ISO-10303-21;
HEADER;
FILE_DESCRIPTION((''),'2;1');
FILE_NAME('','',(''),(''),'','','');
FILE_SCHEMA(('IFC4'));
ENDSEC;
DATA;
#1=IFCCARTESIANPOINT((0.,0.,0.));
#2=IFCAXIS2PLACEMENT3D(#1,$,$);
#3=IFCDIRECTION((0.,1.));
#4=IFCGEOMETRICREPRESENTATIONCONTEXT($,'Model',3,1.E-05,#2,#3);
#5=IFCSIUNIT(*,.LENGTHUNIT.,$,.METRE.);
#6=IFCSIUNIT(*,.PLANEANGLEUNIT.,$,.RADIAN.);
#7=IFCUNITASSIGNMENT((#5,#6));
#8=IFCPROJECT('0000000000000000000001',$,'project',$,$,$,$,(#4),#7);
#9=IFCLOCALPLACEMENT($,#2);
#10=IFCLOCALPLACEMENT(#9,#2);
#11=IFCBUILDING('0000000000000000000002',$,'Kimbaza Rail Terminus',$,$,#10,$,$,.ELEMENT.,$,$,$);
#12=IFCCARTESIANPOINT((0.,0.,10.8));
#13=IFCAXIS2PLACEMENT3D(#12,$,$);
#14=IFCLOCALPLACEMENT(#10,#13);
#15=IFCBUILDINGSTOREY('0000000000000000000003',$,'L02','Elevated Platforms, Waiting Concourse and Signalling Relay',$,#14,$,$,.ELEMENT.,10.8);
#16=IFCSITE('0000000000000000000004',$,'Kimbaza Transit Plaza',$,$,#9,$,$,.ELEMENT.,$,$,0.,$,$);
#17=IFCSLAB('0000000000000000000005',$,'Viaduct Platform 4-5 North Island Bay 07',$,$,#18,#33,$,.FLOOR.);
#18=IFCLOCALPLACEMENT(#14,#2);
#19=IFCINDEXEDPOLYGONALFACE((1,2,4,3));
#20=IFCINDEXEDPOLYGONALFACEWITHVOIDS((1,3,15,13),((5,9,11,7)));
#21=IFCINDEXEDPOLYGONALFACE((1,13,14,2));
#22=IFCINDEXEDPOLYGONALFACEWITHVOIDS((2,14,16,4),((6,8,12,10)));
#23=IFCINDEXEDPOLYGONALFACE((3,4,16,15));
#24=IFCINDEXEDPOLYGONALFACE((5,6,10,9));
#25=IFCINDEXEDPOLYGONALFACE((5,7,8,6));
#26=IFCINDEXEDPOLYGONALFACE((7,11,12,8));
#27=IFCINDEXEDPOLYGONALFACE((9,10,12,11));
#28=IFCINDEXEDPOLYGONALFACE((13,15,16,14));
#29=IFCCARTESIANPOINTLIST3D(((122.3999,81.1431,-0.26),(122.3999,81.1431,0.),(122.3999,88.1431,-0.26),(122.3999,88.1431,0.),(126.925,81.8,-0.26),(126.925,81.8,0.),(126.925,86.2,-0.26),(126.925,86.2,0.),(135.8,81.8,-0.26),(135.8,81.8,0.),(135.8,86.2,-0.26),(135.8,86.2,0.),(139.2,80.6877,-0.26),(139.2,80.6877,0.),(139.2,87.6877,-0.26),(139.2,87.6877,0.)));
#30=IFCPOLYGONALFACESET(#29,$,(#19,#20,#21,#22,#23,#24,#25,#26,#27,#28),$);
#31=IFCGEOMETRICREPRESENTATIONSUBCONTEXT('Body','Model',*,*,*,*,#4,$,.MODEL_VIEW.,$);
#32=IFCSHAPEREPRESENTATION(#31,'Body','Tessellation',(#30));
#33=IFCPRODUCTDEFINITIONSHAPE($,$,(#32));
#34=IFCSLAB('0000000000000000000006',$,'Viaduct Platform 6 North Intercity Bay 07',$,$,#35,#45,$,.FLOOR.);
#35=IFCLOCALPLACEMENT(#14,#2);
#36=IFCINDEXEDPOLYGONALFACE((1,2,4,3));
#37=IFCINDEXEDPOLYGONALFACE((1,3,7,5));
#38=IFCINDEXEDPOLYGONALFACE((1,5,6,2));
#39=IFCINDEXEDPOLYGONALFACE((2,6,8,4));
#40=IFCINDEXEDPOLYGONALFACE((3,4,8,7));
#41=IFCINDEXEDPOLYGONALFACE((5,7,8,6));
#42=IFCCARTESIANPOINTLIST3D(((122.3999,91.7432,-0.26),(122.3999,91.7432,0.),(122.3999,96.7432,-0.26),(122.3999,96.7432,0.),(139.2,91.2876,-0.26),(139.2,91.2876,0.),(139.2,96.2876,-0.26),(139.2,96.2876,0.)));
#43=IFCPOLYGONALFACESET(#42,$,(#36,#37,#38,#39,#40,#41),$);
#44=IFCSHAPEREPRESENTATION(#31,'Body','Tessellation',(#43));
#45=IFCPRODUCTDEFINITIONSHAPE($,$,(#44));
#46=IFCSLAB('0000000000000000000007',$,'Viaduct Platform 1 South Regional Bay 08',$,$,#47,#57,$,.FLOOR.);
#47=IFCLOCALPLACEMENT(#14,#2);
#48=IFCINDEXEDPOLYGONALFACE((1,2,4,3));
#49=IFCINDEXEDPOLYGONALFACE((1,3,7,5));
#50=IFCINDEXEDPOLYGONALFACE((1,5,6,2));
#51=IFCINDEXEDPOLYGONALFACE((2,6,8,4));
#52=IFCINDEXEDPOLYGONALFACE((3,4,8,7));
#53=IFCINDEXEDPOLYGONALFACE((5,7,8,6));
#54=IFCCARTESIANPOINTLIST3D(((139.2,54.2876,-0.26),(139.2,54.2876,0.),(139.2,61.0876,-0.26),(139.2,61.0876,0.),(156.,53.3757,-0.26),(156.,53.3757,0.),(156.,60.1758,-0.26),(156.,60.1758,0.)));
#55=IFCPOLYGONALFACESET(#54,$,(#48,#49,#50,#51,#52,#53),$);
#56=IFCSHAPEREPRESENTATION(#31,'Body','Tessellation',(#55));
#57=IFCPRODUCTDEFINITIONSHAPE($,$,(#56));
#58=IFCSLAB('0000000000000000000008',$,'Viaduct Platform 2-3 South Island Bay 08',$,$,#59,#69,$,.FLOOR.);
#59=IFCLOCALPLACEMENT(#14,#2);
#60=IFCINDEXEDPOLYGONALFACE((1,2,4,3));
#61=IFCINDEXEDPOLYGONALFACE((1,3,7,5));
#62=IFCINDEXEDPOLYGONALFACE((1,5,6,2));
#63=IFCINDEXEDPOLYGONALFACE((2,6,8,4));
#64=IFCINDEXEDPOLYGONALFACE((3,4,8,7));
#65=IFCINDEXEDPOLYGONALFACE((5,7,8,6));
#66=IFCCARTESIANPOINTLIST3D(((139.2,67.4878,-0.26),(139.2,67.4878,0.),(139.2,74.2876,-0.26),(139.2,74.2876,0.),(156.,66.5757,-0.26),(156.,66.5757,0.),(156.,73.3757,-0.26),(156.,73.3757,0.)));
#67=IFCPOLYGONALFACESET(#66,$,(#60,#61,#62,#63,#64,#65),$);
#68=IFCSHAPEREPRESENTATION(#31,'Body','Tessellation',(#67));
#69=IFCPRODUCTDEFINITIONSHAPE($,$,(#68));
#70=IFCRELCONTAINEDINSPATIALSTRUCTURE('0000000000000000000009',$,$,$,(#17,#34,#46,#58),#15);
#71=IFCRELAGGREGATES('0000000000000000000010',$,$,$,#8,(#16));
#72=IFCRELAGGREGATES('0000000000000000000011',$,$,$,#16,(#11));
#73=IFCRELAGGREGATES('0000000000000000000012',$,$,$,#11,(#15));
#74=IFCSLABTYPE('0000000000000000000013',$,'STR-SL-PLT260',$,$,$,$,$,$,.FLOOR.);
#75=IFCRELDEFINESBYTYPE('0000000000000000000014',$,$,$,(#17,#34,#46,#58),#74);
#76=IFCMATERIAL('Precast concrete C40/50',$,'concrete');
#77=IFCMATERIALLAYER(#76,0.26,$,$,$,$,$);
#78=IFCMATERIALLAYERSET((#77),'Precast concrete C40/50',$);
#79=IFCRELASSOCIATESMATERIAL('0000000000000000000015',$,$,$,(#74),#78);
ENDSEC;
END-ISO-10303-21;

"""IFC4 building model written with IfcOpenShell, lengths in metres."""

from ifc_helpers import new_model, si_unit, direction, frame, origin, place, context, subcontext, project, spatial, polyline, outline, extrude, material, layer, layer_set, type_object, element, save


model = new_model("IFC4")

# Units and contexts
model_context = context("Model", 3, precision=1e-05, world=origin(), true_north=direction((0.0, 1.0)))
body_context = subcontext(model_context, "Body", "Model", "MODEL_VIEW")
ifc_project = project(units=[si_unit("LENGTHUNIT", "METRE"), si_unit("PLANEANGLEUNIT", "RADIAN")], contexts=[model_context])

# Site, building, storey
site_placement = place(None, origin())
site = spatial("IfcSite", under=ifc_project, at=site_placement, Name="Kimbaza Transit Plaza", CompositionType="ELEMENT", RefElevation=0.0)
building_placement = place(site_placement, origin())
building = spatial("IfcBuilding", under=site, at=building_placement, Name="Kimbaza Rail Terminus", CompositionType="ELEMENT")
storey_placement = place(building_placement, frame((0.0, 0.0, 10.8)))
storey = spatial("IfcBuildingStorey", under=building, at=storey_placement, Name="L02", Description="Elevated Platforms, Waiting Concourse and Signalling Relay", CompositionType="ELEMENT", Elevation=10.8)

# Slabs
ifc_material_1 = material(Name="Precast concrete C40/50", Category="concrete")
ifc_layer_1 = layer(ifc_material_1, 0.26)
ifc_layer_set_1 = layer_set([ifc_layer_1], Name="Precast concrete C40/50")
slab_type_1 = type_object("IfcSlabType", Name="STR-SL-PLT260", PredefinedType="FLOOR", material=ifc_layer_set_1)
slab_1_placement = place(storey_placement, frame((0.0, 0.0, -0.26)))
element("IfcSlab", 1, at=slab_1_placement, inside=storey, type_object=slab_type_1, Name="Viaduct Platform 4-5 North Island Bay 07", PredefinedType="FLOOR", context=body_context, shape_type="SweptSolid", body=[
    extrude(outline(polyline([(122.3999, 81.1431), (139.2, 80.6877), (139.2, 87.6877), (122.3999, 88.1431), (122.3999, 81.1431)]), holes=[polyline([(126.925, 81.8), (135.8, 81.8), (135.8, 86.2), (126.925, 86.2), (126.925, 81.8)])]), origin(), (0.0, 0.0, 1.0), 0.26),
])
slab_2_placement = place(storey_placement, frame((0.0, 0.0, -0.26)))
element("IfcSlab", 2, at=slab_2_placement, inside=storey, type_object=slab_type_1, Name="Viaduct Platform 6 North Intercity Bay 07", PredefinedType="FLOOR", context=body_context, shape_type="SweptSolid", body=[
    extrude(outline(polyline([(122.3999, 91.7432), (139.2, 91.2876), (139.2, 96.2876), (122.3999, 96.7432), (122.3999, 91.7432)])), origin(), (0.0, 0.0, 1.0), 0.26),
])
slab_3_placement = place(storey_placement, frame((0.0, 0.0, -0.26)))
element("IfcSlab", 3, at=slab_3_placement, inside=storey, type_object=slab_type_1, Name="Viaduct Platform 1 South Regional Bay 08", PredefinedType="FLOOR", context=body_context, shape_type="SweptSolid", body=[
    extrude(outline(polyline([(139.2, 54.2876), (156.0, 53.3757), (156.0, 60.1758), (139.2, 61.0876), (139.2, 54.2876)])), origin(), (0.0, 0.0, 1.0), 0.26),
])
slab_4_placement = place(storey_placement, frame((0.0, 0.0, -0.26)))
element("IfcSlab", 4, at=slab_4_placement, inside=storey, type_object=slab_type_1, Name="Viaduct Platform 2-3 South Island Bay 08", PredefinedType="FLOOR", context=body_context, shape_type="SweptSolid", body=[
    extrude(outline(polyline([(139.2, 67.4878), (156.0, 66.5757), (156.0, 73.3757), (139.2, 74.2876), (139.2, 67.4878)])), origin(), (0.0, 0.0, 1.0), 0.26),
])

save(model, "model.ifc")
